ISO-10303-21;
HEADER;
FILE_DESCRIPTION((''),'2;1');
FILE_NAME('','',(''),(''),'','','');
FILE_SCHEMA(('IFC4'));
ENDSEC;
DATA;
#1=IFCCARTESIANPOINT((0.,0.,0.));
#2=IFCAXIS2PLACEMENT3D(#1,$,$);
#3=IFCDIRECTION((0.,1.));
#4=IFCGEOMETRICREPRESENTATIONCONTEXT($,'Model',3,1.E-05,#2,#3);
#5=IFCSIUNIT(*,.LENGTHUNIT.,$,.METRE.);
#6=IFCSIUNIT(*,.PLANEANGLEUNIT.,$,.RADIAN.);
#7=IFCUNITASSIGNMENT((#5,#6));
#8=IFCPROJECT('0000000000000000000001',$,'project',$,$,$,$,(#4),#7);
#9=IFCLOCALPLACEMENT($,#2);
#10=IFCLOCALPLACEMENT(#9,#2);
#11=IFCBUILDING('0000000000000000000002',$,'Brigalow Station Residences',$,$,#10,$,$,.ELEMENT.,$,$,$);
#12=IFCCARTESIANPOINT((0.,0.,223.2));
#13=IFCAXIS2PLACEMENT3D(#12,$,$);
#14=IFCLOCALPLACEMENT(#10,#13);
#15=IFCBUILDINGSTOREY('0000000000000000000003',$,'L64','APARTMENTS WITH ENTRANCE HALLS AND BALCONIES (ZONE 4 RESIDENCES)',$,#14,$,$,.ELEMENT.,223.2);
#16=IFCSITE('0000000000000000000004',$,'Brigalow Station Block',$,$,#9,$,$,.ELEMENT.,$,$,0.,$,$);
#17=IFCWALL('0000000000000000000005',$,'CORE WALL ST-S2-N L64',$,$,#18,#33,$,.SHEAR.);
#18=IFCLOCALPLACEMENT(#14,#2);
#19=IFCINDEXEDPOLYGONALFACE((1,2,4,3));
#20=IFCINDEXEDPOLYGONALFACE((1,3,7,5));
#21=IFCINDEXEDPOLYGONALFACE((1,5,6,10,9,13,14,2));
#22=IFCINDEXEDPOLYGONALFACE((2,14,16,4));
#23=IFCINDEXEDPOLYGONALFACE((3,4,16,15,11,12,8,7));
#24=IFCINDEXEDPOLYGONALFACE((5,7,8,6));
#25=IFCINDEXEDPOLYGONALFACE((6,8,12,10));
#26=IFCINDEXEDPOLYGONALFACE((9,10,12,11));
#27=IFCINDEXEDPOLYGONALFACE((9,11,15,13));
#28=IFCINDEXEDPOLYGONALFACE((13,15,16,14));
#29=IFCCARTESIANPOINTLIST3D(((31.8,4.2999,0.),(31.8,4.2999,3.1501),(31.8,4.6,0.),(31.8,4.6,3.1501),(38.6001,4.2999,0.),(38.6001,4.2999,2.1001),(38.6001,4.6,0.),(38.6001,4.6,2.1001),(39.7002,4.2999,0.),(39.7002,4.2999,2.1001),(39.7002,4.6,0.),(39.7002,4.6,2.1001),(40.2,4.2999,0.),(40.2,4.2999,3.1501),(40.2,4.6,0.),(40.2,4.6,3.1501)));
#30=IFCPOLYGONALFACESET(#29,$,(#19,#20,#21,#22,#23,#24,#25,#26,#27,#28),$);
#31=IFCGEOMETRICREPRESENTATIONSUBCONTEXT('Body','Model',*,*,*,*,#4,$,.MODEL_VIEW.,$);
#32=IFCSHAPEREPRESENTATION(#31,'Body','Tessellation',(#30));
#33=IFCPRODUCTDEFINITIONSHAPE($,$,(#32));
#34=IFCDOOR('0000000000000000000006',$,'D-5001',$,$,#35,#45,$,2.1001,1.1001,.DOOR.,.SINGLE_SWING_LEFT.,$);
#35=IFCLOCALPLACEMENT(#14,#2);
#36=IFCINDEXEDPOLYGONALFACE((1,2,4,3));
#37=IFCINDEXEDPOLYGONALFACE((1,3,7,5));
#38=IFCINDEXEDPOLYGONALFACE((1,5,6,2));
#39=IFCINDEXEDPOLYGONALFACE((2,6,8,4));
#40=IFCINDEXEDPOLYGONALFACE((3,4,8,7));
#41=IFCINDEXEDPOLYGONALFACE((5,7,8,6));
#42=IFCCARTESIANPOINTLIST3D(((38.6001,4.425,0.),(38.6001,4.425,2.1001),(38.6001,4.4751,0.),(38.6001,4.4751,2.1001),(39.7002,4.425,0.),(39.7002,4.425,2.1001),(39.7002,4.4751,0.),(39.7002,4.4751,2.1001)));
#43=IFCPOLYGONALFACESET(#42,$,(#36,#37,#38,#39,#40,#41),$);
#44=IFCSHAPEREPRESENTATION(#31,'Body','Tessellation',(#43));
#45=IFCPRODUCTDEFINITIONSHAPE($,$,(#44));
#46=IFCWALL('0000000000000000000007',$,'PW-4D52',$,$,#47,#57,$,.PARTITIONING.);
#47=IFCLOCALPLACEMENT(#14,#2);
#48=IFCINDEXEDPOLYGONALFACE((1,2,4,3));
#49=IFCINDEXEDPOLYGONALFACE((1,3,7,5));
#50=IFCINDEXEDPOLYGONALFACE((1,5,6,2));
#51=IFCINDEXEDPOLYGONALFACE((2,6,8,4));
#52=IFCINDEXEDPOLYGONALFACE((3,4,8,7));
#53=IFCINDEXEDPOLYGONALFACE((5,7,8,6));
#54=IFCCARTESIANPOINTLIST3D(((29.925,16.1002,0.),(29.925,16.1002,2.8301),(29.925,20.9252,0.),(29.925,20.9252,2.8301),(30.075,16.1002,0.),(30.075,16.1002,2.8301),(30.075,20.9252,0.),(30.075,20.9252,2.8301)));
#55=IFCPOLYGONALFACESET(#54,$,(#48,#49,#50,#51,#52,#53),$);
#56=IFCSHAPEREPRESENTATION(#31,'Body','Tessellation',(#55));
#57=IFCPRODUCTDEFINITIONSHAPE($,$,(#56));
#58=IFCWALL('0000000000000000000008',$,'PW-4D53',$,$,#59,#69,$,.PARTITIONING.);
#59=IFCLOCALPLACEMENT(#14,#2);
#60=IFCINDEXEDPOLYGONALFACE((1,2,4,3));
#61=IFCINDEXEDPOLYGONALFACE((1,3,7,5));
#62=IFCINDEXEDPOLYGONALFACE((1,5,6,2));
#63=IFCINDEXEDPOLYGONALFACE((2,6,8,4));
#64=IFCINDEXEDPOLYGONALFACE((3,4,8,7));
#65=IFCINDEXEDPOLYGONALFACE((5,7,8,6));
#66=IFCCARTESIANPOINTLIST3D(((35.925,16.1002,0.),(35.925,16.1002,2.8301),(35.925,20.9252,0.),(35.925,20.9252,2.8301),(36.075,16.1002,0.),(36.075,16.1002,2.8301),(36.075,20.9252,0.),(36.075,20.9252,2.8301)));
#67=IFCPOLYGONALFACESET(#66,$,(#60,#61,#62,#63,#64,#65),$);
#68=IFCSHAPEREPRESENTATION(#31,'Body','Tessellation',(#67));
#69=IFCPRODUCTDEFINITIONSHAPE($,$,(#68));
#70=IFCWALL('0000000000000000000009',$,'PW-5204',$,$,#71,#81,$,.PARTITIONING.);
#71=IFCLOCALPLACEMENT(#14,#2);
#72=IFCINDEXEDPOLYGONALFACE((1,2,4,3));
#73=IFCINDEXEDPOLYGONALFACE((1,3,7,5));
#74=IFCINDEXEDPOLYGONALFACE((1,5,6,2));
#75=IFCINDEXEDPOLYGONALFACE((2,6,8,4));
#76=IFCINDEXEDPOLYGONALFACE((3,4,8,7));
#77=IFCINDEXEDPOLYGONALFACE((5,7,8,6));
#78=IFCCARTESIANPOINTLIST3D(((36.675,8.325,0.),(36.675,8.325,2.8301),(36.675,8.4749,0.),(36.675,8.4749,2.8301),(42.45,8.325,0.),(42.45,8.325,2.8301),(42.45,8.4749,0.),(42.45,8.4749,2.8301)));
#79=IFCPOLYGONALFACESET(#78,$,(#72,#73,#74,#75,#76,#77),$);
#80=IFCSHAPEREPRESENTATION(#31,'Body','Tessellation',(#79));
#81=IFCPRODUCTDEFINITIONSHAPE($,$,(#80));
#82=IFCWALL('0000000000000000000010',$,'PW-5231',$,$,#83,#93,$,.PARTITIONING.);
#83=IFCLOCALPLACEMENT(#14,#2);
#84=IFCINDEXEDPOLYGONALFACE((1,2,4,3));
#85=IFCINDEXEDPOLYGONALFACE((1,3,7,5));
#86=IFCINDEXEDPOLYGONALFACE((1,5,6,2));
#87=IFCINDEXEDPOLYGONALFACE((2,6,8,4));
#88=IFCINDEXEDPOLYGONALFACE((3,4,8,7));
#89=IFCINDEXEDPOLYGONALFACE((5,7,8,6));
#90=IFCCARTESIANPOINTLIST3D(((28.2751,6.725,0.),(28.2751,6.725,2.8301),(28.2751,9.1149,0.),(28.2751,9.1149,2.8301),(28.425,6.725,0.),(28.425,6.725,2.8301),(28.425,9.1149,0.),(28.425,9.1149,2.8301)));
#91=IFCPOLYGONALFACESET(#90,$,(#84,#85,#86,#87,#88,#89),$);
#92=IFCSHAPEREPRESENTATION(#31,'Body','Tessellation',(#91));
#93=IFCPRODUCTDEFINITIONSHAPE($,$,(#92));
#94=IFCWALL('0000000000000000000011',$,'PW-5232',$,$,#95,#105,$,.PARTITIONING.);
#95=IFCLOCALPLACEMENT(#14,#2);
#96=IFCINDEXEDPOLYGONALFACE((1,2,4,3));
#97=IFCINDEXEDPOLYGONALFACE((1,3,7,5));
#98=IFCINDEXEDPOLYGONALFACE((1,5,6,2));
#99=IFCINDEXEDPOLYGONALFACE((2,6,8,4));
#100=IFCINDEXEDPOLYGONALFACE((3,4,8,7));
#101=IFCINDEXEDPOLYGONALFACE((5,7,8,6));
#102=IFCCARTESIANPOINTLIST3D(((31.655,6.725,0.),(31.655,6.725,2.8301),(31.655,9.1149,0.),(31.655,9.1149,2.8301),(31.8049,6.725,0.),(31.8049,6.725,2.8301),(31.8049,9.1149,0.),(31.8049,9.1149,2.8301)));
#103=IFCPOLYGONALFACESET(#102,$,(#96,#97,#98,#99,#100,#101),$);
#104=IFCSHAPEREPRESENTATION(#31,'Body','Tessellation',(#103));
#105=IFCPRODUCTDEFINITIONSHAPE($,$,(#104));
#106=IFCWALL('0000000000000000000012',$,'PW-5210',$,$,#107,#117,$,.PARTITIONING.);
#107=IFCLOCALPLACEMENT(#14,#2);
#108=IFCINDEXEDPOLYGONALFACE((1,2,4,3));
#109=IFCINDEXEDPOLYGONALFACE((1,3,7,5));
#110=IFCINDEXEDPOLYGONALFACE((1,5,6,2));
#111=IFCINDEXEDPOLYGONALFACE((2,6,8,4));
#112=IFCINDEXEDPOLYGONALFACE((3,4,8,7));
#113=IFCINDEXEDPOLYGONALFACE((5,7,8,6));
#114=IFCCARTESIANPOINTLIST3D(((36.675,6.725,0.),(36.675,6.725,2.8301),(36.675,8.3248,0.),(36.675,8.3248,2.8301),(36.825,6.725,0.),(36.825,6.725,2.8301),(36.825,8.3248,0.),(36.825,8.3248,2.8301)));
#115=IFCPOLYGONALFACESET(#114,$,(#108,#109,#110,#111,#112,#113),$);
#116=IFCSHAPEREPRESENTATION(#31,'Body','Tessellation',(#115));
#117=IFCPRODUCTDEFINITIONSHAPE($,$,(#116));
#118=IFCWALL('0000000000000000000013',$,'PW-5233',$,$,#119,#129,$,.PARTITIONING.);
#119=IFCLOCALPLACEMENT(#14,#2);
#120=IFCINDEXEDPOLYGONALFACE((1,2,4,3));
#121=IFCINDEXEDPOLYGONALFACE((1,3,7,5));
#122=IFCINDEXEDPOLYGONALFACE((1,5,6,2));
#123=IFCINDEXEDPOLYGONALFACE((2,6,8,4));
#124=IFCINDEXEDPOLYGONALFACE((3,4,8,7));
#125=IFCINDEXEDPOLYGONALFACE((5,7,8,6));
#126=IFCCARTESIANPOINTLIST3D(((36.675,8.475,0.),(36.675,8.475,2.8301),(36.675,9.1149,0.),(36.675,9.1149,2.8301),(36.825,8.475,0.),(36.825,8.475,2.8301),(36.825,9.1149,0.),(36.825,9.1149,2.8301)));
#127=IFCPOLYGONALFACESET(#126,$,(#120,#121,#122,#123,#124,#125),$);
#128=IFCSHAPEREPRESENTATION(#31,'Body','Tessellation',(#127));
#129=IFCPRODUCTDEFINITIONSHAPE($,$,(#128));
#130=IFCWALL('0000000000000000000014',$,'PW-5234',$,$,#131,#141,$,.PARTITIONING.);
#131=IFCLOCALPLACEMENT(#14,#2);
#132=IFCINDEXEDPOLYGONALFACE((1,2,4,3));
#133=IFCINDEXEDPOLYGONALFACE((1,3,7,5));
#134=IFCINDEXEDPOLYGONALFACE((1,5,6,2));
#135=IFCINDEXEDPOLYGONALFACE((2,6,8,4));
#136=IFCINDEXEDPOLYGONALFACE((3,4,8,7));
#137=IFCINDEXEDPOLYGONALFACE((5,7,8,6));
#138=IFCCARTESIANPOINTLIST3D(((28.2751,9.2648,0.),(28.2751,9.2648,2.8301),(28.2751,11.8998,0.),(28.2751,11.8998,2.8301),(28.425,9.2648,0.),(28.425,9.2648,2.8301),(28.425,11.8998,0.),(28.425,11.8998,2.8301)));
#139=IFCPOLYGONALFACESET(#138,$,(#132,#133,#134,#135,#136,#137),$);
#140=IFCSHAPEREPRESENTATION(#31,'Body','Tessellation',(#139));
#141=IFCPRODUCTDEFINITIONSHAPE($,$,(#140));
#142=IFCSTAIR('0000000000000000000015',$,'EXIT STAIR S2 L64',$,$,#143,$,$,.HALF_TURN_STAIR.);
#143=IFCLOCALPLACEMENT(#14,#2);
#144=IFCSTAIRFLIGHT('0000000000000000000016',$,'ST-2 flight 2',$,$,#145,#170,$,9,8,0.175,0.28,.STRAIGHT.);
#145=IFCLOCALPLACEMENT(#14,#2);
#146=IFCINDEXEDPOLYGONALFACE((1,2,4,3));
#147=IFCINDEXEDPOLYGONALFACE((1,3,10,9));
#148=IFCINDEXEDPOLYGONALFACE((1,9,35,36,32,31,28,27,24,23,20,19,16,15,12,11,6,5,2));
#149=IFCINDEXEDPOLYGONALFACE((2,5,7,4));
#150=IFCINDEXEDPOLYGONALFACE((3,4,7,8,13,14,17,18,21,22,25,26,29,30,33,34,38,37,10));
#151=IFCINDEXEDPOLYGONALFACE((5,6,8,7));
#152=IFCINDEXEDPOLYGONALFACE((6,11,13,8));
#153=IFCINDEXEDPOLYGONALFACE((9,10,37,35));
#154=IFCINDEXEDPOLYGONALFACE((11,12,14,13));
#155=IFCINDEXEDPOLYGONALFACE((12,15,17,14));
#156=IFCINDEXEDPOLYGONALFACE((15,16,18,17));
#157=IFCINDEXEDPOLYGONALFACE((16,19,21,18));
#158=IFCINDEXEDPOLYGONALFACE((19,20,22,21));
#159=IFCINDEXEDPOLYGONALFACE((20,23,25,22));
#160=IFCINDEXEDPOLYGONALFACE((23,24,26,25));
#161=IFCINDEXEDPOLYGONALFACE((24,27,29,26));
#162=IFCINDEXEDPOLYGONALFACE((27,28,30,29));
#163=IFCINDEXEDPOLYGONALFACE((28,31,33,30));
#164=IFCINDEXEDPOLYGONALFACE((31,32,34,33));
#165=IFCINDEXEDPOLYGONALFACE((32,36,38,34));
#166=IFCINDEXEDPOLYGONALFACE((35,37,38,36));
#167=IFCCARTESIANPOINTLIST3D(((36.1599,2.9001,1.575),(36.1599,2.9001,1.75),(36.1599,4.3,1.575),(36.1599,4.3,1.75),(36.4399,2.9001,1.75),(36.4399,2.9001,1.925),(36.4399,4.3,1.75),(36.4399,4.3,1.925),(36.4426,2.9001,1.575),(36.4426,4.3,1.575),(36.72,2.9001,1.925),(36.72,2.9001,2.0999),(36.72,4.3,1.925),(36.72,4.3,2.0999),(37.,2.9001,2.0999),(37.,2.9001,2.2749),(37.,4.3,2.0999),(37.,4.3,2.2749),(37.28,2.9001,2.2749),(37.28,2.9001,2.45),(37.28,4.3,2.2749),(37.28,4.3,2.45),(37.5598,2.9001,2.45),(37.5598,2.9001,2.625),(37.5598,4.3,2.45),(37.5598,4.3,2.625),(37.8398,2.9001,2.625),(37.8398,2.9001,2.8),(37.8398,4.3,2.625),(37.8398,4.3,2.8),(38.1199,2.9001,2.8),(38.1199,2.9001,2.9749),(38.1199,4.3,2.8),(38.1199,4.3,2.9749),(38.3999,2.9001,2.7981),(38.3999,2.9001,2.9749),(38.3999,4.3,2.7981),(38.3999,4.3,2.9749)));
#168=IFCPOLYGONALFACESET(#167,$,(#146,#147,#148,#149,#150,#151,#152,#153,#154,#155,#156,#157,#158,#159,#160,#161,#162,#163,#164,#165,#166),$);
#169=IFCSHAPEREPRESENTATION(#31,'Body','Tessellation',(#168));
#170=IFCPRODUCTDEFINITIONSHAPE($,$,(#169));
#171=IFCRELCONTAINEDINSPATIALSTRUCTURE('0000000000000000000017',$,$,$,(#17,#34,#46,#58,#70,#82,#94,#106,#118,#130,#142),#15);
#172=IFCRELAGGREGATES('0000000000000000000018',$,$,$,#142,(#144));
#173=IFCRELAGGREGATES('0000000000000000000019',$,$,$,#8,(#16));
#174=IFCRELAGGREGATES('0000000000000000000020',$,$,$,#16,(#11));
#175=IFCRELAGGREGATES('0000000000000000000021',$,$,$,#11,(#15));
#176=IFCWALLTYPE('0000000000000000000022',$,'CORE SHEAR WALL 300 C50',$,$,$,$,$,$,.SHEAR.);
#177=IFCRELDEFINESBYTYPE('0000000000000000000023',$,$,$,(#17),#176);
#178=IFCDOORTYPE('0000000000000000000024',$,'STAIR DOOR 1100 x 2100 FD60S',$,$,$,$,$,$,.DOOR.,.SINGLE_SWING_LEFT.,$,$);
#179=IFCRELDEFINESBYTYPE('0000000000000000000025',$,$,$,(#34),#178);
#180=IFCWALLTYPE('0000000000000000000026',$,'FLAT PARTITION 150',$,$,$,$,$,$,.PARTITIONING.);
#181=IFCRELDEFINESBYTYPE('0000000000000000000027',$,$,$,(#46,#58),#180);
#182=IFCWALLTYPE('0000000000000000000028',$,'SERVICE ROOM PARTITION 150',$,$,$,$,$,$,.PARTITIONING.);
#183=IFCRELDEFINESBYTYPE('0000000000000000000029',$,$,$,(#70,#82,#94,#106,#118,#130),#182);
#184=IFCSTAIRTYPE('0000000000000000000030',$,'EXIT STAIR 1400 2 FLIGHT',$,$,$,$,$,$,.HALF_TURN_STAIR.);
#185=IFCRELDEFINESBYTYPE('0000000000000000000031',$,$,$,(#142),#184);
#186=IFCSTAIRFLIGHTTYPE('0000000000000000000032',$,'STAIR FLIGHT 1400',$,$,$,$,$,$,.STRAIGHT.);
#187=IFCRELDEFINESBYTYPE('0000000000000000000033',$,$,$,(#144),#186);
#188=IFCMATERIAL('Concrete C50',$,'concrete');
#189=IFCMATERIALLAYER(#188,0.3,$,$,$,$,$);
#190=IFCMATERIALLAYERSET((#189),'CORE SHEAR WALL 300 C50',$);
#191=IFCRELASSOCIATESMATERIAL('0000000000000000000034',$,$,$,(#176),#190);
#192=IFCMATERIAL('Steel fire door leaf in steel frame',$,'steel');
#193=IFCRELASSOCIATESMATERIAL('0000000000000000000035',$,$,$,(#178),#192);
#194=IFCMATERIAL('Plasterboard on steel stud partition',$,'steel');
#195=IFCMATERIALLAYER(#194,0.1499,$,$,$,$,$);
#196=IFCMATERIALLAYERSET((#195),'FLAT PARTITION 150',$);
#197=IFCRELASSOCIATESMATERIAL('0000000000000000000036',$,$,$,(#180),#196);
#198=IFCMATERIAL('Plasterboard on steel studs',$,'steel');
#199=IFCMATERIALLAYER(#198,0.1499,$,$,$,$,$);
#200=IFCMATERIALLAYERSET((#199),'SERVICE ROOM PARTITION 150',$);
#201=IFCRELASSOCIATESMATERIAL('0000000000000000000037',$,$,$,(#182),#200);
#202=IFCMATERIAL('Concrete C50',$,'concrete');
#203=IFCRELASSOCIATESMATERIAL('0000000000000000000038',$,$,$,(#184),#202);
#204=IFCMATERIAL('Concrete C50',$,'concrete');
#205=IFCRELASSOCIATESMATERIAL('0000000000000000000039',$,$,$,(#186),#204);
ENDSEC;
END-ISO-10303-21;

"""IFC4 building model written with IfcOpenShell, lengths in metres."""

from ifc_helpers import new_model, si_unit, direction, frame, frame_2d, origin, place, context, subcontext, project, spatial, polyline, rectangle, outline, extrude, material, layer, layer_set, type_object, element, fill, aggregate, save


model = new_model("IFC4")

# Units and contexts
model_context = context("Model", 3, precision=1e-05, world=origin(), true_north=direction((0.0, 1.0)))
body_context = subcontext(model_context, "Body", "Model", "MODEL_VIEW")
ifc_project = project(units=[si_unit("LENGTHUNIT", "METRE"), si_unit("PLANEANGLEUNIT", "RADIAN")], contexts=[model_context])

# Site, building, storey
site_placement = place(None, origin())
site = spatial("IfcSite", under=ifc_project, at=site_placement, Name="Brigalow Station Block", CompositionType="ELEMENT", RefElevation=0.0)
building_placement = place(site_placement, origin())
building = spatial("IfcBuilding", under=site, at=building_placement, Name="Brigalow Station Residences", CompositionType="ELEMENT")
storey_placement = place(building_placement, frame((0.0, 0.0, 223.2)))
storey = spatial("IfcBuildingStorey", under=building, at=storey_placement, Name="L64", Description="APARTMENTS WITH ENTRANCE HALLS AND BALCONIES (ZONE 4 RESIDENCES)", CompositionType="ELEMENT", Elevation=223.2)

# Wall, opening, door
ifc_material_1 = material(Name="Concrete C50", Category="concrete")
ifc_layer_1 = layer(ifc_material_1, 0.3)
ifc_layer_set_1 = layer_set([ifc_layer_1], Name="CORE SHEAR WALL 300 C50")
wall_type_1 = type_object("IfcWallType", Name="CORE SHEAR WALL 300 C50", PredefinedType="SHEAR", material=ifc_layer_set_1)
wall_1_placement = place(storey_placement, frame((31.8, 4.45, 0.0), z_axis=(0.0, 0.0, 1.0), x_axis=(1.0, 0.0, 0.0)))
wall_1 = element("IfcWall", 1, at=wall_1_placement, inside=storey, type_object=wall_type_1, Name="CORE WALL ST-S2-N L64", PredefinedType="SHEAR", context=body_context, shape_type="SweptSolid", body=[
    extrude(rectangle(XDim=8.3999, YDim=0.3, at=frame_2d((4.2, 0.0))), origin(), (0.0, 0.0, 1.0), 3.1501),
])
opening_placement = place(wall_1_placement, frame((6.8, 0.0, 0.0)))
opening = element("IfcOpeningElement", 2, at=opening_placement, cuts=wall_1, PredefinedType="OPENING", context=body_context, shape_type="SweptSolid", body=[
    extrude(rectangle(XDim=1.1001, YDim=2.1001, at=frame_2d((0.55, 1.05))), frame((0.0, 0.1602, 0.0), z_axis=(0.0, -1.0, 0.0), x_axis=(1.0, 0.0, 0.0)), (0.0, 0.0, 1.0), 0.3201),
])
ifc_material_2 = material(Name="Steel fire door leaf in steel frame", Category="steel")
door_type = type_object("IfcDoorType", Name="STAIR DOOR 1100 x 2100 FD60S", OperationType="SINGLE_SWING_LEFT", PredefinedType="DOOR", material=ifc_material_2)
door_placement = place(opening_placement, frame((1.1001, 0.0, 0.0), z_axis=(0.0, 0.0, 1.0), x_axis=(-1.0, 0.0, 0.0)))
door = element("IfcDoor", 3, at=door_placement, inside=storey, type_object=door_type, Name="D-5001", OperationType="SINGLE_SWING_LEFT", OverallHeight=2.1001, OverallWidth=1.1001, PredefinedType="DOOR", context=body_context, shape_type="SweptSolid", body=[
    extrude(rectangle(XDim=1.1001, YDim=2.1001, at=frame_2d((0.55, 1.05))), frame((0.0, 0.0249, 0.0), z_axis=(0.0, -1.0, 0.0), x_axis=(1.0, 0.0, 0.0)), (0.0, 0.0, 1.0), 0.05),
])
fill(opening, door)

# Walls
ifc_material_3 = material(Name="Plasterboard on steel stud partition", Category="steel")
ifc_layer_2 = layer(ifc_material_3, 0.1499)
ifc_layer_set_2 = layer_set([ifc_layer_2], Name="FLAT PARTITION 150")
wall_type_2 = type_object("IfcWallType", Name="FLAT PARTITION 150", PredefinedType="PARTITIONING", material=ifc_layer_set_2)
for number, where, z_axis, x_axis, name in (
    (4, (30.0, 16.1001, 0.0), (0.0, 0.0, 1.0), (0.0, 1.0, 0.0), "PW-4D52"),
    (5, (36.0, 16.1001, 0.0), (0.0, 0.0, 1.0), (0.0, 1.0, 0.0), "PW-4D53"),
):
    element("IfcWall", number, at=place(storey_placement, frame(where, z_axis=z_axis, x_axis=x_axis)), inside=storey, type_object=wall_type_2, Name=name, PredefinedType="PARTITIONING", context=body_context, shape_type="SweptSolid", body=[
        extrude(rectangle(XDim=4.825, YDim=0.1499, at=frame_2d((2.4126, 0.0))), origin(), (0.0, 0.0, 1.0), 2.8301),
    ])
ifc_material_4 = material(Name="Plasterboard on steel studs", Category="steel")
ifc_layer_3 = layer(ifc_material_4, 0.1499)
ifc_layer_set_3 = layer_set([ifc_layer_3], Name="SERVICE ROOM PARTITION 150")
wall_type_3 = type_object("IfcWallType", Name="SERVICE ROOM PARTITION 150", PredefinedType="PARTITIONING", material=ifc_layer_set_3)
wall_2_placement = place(storey_placement, frame((36.675, 8.3999, 0.0), z_axis=(0.0, 0.0, 1.0), x_axis=(1.0, 0.0, 0.0)))
element("IfcWall", 6, at=wall_2_placement, inside=storey, type_object=wall_type_3, Name="PW-5204", PredefinedType="PARTITIONING", context=body_context, shape_type="SweptSolid", body=[
    extrude(rectangle(XDim=5.7749, YDim=0.1499, at=frame_2d((2.8875, 0.0))), origin(), (0.0, 0.0, 1.0), 2.8301),
])
for number, where, z_axis, x_axis, name in (
    (7, (28.3501, 6.7251, 0.0), (0.0, 0.0, 1.0), (0.0, 1.0, 0.0), "PW-5231"),
    (8, (31.73, 6.7251, 0.0), (0.0, 0.0, 1.0), (0.0, 1.0, 0.0), "PW-5232"),
):
    element("IfcWall", number, at=place(storey_placement, frame(where, z_axis=z_axis, x_axis=x_axis)), inside=storey, type_object=wall_type_3, Name=name, PredefinedType="PARTITIONING", context=body_context, shape_type="SweptSolid", body=[
        extrude(rectangle(XDim=2.3899, YDim=0.1499, at=frame_2d((1.1948, 0.0))), origin(), (0.0, 0.0, 1.0), 2.8301),
    ])
wall_3_placement = place(storey_placement, frame((36.75, 6.7251, 0.0), z_axis=(0.0, 0.0, 1.0), x_axis=(0.0, 1.0, 0.0)))
element("IfcWall", 9, at=wall_3_placement, inside=storey, type_object=wall_type_3, Name="PW-5210", PredefinedType="PARTITIONING", context=body_context, shape_type="SweptSolid", body=[
    extrude(rectangle(XDim=1.5999, YDim=0.1499, at=frame_2d((0.7998, 0.0))), origin(), (0.0, 0.0, 1.0), 2.8301),
])
wall_4_placement = place(storey_placement, frame((36.75, 8.4751, 0.0), z_axis=(0.0, 0.0, 1.0), x_axis=(0.0, 1.0, 0.0)))
element("IfcWall", 10, at=wall_4_placement, inside=storey, type_object=wall_type_3, Name="PW-5233", PredefinedType="PARTITIONING", context=body_context, shape_type="SweptSolid", body=[
    extrude(rectangle(XDim=0.6399, YDim=0.1499, at=frame_2d((0.3198, 0.0))), origin(), (0.0, 0.0, 1.0), 2.8301),
])
wall_5_placement = place(storey_placement, frame((28.3501, 9.2649, 0.0), z_axis=(0.0, 0.0, 1.0), x_axis=(0.0, 1.0, 0.0)))
element("IfcWall", 11, at=wall_5_placement, inside=storey, type_object=wall_type_3, Name="PW-5234", PredefinedType="PARTITIONING", context=body_context, shape_type="SweptSolid", body=[
    extrude(rectangle(XDim=2.635, YDim=0.1499, at=frame_2d((1.3174, 0.0))), origin(), (0.0, 0.0, 1.0), 2.8301),
])

# Stair, stair flight
ifc_material_5 = material(Name="Concrete C50", Category="concrete")
stair_type = type_object("IfcStairType", Name="EXIT STAIR 1400 2 FLIGHT", PredefinedType="HALF_TURN_STAIR", material=ifc_material_5)
stair_placement = place(storey_placement, origin())
stair = element("IfcStair", 12, at=stair_placement, inside=storey, type_object=stair_type, Name="EXIT STAIR S2 L64", PredefinedType="HALF_TURN_STAIR")
ifc_material_6 = material(Name="Concrete C50", Category="concrete")
stair_flight_type = type_object("IfcStairFlightType", Name="STAIR FLIGHT 1400", PredefinedType="STRAIGHT", material=ifc_material_6)
stair_flight_placement = place(storey_placement, frame((36.1599, 3.6001, 1.575), z_axis=(0.0, 0.0, 1.0), x_axis=(1.0, 0.0, 0.0)))
stair_flight = element("IfcStairFlight", 13, at=stair_flight_placement, type_object=stair_flight_type, Name="ST-2 flight 2", NumberOfRisers=9, NumberOfTreads=8, PredefinedType="STRAIGHT", RiserHeight=0.175, TreadLength=0.28, context=body_context, shape_type="SweptSolid", body=[
    extrude(outline(polyline([(0.0, 0.0), (0.0, 0.175), (0.28, 0.175), (0.28, 0.3501), (0.5601, 0.3501), (0.5601, 0.5249), (0.8401, 0.5249), (0.8401, 0.7), (1.1201, 0.7), (1.1201, 0.875), (1.3999, 0.875), (1.3999, 1.05), (1.6799, 1.05), (1.6799, 1.2251), (1.96, 1.2251), (1.96, 1.3999), (2.24, 1.3999), (2.24, 1.575), (2.24, 1.2231), (0.2827, 0.0), (0.0, 0.0)])), frame((0.0, 0.7, 0.0), z_axis=(0.0, -1.0, 0.0), x_axis=(1.0, 0.0, 0.0)), (0.0, 0.0, 1.0), 1.3999),
])
aggregate(stair, [stair_flight])

save(model, "model.ifc")
